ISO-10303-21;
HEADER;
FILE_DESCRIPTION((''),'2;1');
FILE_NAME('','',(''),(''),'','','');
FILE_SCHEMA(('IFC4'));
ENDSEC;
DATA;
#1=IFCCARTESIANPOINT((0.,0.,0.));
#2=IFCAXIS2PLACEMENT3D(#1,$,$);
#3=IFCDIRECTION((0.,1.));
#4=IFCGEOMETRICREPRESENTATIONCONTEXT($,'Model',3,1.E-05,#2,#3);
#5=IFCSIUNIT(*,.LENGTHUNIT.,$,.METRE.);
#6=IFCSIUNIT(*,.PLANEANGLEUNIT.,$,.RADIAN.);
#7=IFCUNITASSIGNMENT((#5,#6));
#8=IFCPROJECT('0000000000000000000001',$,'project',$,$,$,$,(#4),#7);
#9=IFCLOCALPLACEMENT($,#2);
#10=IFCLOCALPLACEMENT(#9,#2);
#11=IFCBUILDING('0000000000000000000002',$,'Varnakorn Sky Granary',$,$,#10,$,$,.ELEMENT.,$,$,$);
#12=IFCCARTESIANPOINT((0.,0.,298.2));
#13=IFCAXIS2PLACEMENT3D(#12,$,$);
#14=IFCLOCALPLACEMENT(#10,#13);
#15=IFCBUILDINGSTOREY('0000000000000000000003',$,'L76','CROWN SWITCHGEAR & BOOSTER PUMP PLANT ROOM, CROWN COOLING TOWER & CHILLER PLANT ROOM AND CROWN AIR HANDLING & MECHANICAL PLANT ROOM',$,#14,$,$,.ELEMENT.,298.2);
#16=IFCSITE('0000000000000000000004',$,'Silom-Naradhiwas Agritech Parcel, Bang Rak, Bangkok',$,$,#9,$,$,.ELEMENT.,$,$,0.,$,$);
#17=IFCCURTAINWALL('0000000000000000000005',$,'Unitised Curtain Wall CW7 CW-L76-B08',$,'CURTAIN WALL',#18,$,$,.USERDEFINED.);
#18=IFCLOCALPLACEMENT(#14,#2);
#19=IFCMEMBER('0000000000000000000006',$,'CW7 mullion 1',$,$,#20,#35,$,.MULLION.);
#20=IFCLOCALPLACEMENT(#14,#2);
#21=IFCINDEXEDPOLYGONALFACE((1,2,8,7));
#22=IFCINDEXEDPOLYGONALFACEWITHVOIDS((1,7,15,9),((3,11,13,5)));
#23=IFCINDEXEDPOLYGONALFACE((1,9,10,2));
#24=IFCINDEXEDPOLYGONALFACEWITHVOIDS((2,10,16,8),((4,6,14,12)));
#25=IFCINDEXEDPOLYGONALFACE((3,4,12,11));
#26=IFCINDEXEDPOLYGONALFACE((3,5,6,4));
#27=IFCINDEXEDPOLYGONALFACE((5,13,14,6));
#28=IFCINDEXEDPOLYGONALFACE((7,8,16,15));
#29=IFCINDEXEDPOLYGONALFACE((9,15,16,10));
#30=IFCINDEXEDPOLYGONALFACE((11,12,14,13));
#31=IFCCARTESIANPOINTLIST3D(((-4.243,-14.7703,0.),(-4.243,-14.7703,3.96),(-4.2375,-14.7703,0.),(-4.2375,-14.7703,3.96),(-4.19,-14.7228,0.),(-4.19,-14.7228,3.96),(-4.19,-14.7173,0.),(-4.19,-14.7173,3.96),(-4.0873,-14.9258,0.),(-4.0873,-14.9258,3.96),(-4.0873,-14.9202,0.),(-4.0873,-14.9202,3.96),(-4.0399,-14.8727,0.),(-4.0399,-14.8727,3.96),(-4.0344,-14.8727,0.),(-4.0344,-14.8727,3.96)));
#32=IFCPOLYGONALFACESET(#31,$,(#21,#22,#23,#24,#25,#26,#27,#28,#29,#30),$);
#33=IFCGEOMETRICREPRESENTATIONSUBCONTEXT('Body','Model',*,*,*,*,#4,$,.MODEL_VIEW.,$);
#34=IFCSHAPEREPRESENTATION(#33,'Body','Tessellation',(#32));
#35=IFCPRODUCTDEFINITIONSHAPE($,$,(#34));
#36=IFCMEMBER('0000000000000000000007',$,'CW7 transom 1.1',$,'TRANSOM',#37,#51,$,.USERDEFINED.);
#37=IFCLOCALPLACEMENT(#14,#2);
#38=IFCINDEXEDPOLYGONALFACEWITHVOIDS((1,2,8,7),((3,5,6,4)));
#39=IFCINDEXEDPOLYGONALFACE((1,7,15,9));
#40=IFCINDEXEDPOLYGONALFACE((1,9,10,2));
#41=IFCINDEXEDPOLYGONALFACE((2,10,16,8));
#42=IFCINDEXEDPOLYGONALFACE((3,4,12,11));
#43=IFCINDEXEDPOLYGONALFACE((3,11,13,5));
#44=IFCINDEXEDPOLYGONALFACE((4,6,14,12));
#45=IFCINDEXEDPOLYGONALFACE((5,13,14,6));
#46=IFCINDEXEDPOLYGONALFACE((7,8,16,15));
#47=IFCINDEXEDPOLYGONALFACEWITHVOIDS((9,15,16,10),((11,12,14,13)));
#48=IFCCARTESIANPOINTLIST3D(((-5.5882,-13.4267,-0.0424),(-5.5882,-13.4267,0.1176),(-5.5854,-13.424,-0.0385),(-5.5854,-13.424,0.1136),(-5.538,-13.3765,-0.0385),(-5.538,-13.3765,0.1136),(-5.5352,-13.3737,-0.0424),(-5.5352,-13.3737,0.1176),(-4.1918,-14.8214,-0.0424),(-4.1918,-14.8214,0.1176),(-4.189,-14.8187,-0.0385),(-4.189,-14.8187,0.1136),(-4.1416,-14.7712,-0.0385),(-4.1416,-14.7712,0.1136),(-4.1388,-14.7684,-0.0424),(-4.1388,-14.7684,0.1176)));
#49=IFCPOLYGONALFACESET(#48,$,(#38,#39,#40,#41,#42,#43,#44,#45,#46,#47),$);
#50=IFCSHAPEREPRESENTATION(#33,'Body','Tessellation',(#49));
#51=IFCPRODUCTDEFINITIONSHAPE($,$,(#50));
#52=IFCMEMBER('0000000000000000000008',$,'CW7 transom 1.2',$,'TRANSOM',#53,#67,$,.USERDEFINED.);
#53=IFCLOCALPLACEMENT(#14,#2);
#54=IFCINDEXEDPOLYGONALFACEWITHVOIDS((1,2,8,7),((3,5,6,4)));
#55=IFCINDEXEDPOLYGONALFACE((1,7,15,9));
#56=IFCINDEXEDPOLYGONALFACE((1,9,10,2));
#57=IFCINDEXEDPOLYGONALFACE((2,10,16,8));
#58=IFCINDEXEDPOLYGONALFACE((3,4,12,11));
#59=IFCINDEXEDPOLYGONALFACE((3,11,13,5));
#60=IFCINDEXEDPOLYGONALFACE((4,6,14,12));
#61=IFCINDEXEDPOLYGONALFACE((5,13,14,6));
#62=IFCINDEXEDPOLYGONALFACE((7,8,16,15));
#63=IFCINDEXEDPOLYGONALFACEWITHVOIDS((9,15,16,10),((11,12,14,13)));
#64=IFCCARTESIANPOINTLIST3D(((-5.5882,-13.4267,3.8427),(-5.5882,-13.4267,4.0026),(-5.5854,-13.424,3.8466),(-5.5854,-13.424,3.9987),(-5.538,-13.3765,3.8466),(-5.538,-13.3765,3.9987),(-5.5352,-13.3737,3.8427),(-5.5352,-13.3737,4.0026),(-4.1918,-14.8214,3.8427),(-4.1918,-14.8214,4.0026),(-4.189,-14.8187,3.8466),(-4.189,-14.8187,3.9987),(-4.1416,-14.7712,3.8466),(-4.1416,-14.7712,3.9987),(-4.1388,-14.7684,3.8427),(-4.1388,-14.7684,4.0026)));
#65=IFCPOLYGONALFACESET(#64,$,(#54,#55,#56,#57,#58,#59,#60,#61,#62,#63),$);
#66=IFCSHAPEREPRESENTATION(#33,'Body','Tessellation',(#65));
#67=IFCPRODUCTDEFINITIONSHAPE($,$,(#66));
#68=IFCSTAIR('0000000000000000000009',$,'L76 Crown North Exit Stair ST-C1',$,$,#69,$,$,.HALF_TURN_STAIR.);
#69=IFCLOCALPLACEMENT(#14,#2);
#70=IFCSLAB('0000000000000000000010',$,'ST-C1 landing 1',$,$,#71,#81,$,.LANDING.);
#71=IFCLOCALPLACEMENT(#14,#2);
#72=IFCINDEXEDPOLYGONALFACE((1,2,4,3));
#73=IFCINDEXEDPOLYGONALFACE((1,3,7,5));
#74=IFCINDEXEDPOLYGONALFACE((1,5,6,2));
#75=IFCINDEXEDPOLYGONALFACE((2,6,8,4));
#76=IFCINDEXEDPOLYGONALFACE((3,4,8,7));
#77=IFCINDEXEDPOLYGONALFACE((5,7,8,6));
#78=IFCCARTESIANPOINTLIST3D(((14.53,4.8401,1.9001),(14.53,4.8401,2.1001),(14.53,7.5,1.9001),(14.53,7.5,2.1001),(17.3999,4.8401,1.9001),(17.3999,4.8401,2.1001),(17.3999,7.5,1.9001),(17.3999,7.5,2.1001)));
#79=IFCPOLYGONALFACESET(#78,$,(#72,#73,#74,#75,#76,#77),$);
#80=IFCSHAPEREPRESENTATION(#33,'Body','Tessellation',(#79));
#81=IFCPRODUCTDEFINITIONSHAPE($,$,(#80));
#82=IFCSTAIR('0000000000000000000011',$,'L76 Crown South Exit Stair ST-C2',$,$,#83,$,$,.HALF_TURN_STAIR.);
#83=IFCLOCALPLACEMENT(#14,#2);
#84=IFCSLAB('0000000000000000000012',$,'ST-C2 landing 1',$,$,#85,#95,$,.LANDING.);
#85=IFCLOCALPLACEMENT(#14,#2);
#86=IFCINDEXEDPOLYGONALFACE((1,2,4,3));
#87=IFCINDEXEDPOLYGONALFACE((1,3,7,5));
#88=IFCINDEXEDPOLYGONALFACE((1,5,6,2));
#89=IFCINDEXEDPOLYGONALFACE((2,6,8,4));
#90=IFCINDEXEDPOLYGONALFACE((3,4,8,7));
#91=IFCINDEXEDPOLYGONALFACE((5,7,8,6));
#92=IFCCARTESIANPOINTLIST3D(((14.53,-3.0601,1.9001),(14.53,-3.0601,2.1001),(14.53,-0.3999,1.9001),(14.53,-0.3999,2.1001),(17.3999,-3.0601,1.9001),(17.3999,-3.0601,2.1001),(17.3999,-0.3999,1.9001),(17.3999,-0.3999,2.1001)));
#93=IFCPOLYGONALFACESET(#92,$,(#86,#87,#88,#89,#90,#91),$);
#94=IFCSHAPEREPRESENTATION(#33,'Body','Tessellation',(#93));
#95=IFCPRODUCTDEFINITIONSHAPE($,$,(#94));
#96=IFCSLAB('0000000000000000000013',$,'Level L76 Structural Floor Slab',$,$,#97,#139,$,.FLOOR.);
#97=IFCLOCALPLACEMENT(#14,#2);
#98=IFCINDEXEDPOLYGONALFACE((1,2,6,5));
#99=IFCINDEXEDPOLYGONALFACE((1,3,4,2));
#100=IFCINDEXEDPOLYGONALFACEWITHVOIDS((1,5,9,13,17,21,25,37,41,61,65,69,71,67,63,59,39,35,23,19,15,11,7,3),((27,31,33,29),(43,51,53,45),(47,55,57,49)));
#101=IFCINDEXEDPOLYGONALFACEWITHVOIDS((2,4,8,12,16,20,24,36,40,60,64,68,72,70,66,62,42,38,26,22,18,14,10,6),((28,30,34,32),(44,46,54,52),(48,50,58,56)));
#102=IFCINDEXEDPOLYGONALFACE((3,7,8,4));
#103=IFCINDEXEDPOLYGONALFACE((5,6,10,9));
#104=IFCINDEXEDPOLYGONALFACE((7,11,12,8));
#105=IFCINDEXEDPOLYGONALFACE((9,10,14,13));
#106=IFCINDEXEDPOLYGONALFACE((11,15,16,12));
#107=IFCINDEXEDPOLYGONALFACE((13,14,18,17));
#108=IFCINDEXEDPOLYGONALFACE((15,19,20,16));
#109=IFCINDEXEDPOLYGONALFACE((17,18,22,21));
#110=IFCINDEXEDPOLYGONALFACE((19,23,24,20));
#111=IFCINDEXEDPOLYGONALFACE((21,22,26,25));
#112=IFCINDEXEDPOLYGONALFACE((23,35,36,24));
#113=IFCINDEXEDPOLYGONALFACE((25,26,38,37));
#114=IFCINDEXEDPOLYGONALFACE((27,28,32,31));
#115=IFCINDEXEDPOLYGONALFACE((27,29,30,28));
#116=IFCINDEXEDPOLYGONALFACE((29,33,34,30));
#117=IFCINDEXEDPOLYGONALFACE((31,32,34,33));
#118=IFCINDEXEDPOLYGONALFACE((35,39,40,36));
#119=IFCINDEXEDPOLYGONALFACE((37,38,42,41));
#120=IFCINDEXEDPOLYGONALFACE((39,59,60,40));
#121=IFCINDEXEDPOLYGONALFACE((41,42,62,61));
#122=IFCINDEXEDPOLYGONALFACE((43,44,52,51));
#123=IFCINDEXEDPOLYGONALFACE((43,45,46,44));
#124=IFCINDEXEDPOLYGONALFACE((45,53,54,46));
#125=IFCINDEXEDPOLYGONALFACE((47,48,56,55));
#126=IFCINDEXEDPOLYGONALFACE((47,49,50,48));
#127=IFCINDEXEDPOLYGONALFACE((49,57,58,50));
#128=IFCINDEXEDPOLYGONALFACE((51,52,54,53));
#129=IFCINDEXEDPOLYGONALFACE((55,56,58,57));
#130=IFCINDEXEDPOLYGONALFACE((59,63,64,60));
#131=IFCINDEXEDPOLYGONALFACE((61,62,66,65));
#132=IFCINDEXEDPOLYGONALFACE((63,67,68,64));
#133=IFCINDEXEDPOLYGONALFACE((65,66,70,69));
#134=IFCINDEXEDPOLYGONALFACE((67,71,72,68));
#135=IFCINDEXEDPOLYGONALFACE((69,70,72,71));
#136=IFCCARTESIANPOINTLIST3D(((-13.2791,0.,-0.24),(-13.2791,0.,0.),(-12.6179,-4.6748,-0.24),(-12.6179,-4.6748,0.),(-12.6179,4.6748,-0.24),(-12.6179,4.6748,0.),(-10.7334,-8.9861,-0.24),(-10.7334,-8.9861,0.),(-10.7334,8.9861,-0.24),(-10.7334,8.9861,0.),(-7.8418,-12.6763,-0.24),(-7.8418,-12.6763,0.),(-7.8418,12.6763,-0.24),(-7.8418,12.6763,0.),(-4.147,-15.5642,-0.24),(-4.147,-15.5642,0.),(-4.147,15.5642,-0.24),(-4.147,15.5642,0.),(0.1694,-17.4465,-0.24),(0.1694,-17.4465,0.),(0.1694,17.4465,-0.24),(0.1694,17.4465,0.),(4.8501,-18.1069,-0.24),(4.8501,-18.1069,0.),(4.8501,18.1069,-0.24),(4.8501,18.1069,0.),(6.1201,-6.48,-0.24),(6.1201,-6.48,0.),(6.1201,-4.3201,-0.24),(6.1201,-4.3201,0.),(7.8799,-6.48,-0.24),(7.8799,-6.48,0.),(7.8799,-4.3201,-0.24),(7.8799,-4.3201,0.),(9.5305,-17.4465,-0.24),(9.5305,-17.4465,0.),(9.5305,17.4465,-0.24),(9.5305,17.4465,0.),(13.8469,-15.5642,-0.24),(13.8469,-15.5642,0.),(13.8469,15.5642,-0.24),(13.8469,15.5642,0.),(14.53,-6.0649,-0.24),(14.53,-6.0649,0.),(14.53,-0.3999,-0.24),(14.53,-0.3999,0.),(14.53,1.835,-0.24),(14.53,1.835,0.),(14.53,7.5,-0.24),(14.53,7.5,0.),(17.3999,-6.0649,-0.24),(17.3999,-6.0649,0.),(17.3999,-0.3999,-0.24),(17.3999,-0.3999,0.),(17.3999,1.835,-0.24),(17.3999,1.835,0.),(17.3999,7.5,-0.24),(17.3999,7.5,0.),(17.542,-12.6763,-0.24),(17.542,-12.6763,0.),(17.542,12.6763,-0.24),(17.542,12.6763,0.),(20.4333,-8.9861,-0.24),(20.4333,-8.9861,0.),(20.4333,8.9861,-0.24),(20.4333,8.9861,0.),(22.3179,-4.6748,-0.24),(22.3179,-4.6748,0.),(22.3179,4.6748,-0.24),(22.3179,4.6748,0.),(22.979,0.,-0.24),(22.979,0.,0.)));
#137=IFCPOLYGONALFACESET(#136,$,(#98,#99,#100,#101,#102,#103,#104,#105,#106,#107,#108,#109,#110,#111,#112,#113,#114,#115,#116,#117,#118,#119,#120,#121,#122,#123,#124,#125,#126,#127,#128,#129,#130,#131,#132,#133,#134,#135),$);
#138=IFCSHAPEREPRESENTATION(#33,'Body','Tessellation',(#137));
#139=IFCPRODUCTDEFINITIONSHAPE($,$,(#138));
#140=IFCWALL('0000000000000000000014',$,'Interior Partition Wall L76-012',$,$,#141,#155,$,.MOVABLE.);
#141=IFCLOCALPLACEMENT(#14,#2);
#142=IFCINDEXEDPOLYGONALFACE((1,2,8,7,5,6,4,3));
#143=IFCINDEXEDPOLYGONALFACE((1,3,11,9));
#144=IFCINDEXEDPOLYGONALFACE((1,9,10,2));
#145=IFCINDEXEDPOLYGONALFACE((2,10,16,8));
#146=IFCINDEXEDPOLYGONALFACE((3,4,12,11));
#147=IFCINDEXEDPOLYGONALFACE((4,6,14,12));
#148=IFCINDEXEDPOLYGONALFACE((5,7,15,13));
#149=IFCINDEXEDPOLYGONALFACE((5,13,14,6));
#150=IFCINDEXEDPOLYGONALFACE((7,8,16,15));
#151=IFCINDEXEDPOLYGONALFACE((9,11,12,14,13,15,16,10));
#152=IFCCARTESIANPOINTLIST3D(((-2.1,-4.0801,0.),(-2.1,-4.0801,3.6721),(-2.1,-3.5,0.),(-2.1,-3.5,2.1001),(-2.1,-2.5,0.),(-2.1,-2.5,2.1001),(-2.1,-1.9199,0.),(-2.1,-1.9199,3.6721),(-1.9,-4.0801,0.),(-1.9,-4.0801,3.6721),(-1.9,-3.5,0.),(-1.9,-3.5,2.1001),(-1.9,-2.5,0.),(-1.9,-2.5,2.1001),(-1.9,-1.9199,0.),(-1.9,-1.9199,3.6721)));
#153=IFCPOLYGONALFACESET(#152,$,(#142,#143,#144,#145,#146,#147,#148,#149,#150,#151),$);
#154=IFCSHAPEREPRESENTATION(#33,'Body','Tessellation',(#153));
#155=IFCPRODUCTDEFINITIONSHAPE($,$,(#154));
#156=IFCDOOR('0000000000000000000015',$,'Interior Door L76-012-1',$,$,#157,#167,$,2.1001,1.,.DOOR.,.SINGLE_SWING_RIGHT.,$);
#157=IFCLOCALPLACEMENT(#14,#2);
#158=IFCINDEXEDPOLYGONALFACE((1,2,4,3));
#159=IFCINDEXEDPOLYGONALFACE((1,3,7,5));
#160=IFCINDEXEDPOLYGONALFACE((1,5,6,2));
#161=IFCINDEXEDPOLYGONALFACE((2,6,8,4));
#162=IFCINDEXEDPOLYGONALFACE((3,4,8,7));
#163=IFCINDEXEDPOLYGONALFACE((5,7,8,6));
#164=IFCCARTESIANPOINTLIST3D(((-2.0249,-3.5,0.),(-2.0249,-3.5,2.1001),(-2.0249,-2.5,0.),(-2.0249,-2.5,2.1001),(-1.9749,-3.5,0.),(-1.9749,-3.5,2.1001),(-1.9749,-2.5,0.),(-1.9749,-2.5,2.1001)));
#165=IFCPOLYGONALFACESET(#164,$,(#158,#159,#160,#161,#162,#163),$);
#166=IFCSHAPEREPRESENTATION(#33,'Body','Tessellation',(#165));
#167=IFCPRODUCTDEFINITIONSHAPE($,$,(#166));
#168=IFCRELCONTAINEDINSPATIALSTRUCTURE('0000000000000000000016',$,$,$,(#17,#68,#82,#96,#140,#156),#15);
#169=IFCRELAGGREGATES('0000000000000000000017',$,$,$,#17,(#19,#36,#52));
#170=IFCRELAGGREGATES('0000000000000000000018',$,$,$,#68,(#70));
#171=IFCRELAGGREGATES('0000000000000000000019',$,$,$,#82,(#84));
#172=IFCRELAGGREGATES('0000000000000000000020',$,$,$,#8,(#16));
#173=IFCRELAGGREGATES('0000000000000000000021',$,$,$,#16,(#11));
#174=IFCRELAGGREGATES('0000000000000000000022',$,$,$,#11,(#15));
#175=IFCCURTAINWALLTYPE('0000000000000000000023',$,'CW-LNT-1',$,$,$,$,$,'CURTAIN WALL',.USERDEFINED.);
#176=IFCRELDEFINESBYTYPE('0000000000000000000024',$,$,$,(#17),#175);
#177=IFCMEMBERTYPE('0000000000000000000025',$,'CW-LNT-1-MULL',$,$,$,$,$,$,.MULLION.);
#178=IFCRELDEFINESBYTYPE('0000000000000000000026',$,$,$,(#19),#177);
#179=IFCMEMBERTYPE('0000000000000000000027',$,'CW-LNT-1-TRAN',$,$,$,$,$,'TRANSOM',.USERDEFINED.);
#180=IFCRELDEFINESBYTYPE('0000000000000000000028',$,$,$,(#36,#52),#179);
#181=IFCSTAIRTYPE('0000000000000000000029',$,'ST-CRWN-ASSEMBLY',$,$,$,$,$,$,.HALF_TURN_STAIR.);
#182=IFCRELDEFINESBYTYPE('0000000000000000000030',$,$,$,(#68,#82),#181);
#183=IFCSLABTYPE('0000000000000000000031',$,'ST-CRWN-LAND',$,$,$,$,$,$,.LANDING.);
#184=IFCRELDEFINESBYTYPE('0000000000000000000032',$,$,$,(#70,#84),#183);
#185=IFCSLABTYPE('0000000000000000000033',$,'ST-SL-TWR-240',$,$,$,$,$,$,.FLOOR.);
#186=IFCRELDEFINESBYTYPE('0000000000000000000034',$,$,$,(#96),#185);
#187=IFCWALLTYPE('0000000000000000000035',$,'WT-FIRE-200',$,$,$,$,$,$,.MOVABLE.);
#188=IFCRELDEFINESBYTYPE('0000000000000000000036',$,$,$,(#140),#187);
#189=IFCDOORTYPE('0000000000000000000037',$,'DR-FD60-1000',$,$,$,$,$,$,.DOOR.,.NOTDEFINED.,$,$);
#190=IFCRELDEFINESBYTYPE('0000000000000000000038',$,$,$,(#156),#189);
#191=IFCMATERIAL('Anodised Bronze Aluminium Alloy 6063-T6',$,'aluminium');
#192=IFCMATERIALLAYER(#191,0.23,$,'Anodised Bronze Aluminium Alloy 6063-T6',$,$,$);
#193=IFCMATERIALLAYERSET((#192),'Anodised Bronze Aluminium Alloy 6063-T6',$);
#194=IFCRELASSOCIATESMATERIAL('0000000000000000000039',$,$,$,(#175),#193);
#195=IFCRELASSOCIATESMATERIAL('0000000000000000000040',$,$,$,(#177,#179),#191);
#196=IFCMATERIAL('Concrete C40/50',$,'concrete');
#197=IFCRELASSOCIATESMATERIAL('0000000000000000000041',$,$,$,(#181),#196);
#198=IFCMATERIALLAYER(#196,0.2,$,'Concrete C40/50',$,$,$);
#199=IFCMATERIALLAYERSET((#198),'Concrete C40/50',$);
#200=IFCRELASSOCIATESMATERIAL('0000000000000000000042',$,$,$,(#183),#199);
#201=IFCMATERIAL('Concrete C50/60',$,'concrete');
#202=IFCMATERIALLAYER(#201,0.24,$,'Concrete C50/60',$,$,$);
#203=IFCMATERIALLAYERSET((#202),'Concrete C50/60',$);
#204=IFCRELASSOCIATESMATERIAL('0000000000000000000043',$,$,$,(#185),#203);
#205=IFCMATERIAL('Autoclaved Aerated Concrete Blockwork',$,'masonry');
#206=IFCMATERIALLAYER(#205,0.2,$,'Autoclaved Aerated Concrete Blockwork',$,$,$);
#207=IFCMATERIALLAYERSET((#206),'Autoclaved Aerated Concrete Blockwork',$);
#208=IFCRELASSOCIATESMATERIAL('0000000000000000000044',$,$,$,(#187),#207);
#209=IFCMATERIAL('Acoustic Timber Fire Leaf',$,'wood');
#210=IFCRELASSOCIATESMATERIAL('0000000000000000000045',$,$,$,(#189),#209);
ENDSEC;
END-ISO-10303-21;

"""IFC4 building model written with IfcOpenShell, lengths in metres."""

from ifc_helpers import new_model, si_unit, direction, frame, frame_2d, origin, origin_2d, place, context, subcontext, project, spatial, polyline, rectangle, hollow_rectangle, outline, extrude, material, layer, layer_set, material_profile, profile_set, type_object, element, fill, aggregate, save


model = new_model("IFC4")

# Units and contexts
model_context = context("Model", 3, precision=1e-05, world=origin(), true_north=direction((0.0, 1.0)))
body_context = subcontext(model_context, "Body", "Model", "MODEL_VIEW")
ifc_project = project(units=[si_unit("LENGTHUNIT", "METRE"), si_unit("PLANEANGLEUNIT", "RADIAN")], contexts=[model_context])

# Site, building, storey
site_placement = place(None, origin())
site = spatial("IfcSite", under=ifc_project, at=site_placement, Name="Silom-Naradhiwas Agritech Parcel, Bang Rak, Bangkok", CompositionType="ELEMENT", RefElevation=0.0)
building_placement = place(site_placement, origin())
building = spatial("IfcBuilding", under=site, at=building_placement, Name="Varnakorn Sky Granary", CompositionType="ELEMENT")
storey_placement = place(building_placement, frame((0.0, 0.0, 298.2)))
storey = spatial("IfcBuildingStorey", under=building, at=storey_placement, Name="L76", Description="CROWN SWITCHGEAR & BOOSTER PUMP PLANT ROOM, CROWN COOLING TOWER & CHILLER PLANT ROOM AND CROWN AIR HANDLING & MECHANICAL PLANT ROOM", CompositionType="ELEMENT", Elevation=298.2)

# Shared definitions
ifc_material_1 = material(Name="Concrete C50/60", Category="concrete")

# Curtain wall, members
ifc_material_2 = material(Name="Anodised Bronze Aluminium Alloy 6063-T6", Category="aluminium")
ifc_layer_1 = layer(ifc_material_2, 0.23, Name="Anodised Bronze Aluminium Alloy 6063-T6")
ifc_layer_set_1 = layer_set([ifc_layer_1], Name="Anodised Bronze Aluminium Alloy 6063-T6")
curtain_wall_type = type_object("IfcCurtainWallType", Name="CW-LNT-1", ElementType="CURTAIN WALL", PredefinedType="USERDEFINED", material=ifc_layer_set_1)
curtain_wall_placement = place(storey_placement, origin())
curtain_wall = element("IfcCurtainWall", 1, at=curtain_wall_placement, inside=storey, type_object=curtain_wall_type, Name="Unitised Curtain Wall CW7 CW-L76-B08", ObjectType="CURTAIN WALL", PredefinedType="USERDEFINED")
ifc_material_profile_1 = material_profile(ifc_material_2, hollow_rectangle(XDim=0.075, YDim=0.22, WallThickness=0.0039, at=origin_2d()), Name="ALU MULL 75x220")
ifc_profile_set_1 = profile_set([ifc_material_profile_1], Name="Anodised Bronze Aluminium Alloy 6063-T6")
member_type_1 = type_object("IfcMemberType", Name="CW-LNT-1-MULL", PredefinedType="MULLION", material=ifc_profile_set_1)
member_1_placement = place(storey_placement, frame((-4.1387, -14.8215, 0.0), z_axis=(0.0, 0.0, 1.0), x_axis=(-0.706663, -0.70755, 0.0)))
member_1 = element("IfcMember", 2, at=member_1_placement, type_object=member_type_1, Name="CW7 mullion 1", PredefinedType="MULLION", context=body_context, shape_type="SweptSolid", body=[
    extrude(hollow_rectangle(XDim=0.075, YDim=0.22, WallThickness=0.0039, at=origin_2d()), origin(), (0.0, 0.0, 1.0), 3.96),
])
ifc_material_profile_2 = material_profile(ifc_material_2, hollow_rectangle(XDim=0.075, YDim=0.1599, WallThickness=0.0039, at=origin_2d()), Name="ALU TRAN 75x160")
ifc_profile_set_2 = profile_set([ifc_material_profile_2], Name="Anodised Bronze Aluminium Alloy 6063-T6")
member_type_2 = type_object("IfcMemberType", Name="CW-LNT-1-TRAN", ElementType="TRANSOM", PredefinedType="USERDEFINED", material=ifc_profile_set_2)
member_2_placement = place(storey_placement, frame((-4.1653, -14.7949, 0.0376), z_axis=(-0.70754, 0.706674, 0.0), x_axis=(-0.706674, -0.70754, 0.0)))
member_2 = element("IfcMember", 3, at=member_2_placement, type_object=member_type_2, Name="CW7 transom 1.1", ObjectType="TRANSOM", PredefinedType="USERDEFINED", context=body_context, shape_type="SweptSolid", body=[
    extrude(hollow_rectangle(XDim=0.075, YDim=0.1599, WallThickness=0.0039, at=origin_2d()), origin(), (0.0, 0.0, 1.0), 1.9736),
])
member_3_placement = place(storey_placement, frame((-4.1653, -14.7949, 3.9226), z_axis=(-0.70754, 0.706674, 0.0), x_axis=(-0.706674, -0.70754, 0.0)))
member_3 = element("IfcMember", 4, at=member_3_placement, type_object=member_type_2, Name="CW7 transom 1.2", ObjectType="TRANSOM", PredefinedType="USERDEFINED", context=body_context, shape_type="SweptSolid", body=[
    extrude(hollow_rectangle(XDim=0.075, YDim=0.1599, WallThickness=0.0039, at=origin_2d()), origin(), (0.0, 0.0, 1.0), 1.9736),
])
aggregate(curtain_wall, [member_1, member_2, member_3])

# Stairs, slabs
ifc_material_3 = material(Name="Concrete C40/50", Category="concrete")
stair_type = type_object("IfcStairType", Name="ST-CRWN-ASSEMBLY", PredefinedType="HALF_TURN_STAIR", material=ifc_material_3)
stair_1_placement = place(storey_placement, origin())
stair_1 = element("IfcStair", 5, at=stair_1_placement, inside=storey, type_object=stair_type, Name="L76 Crown North Exit Stair ST-C1", PredefinedType="HALF_TURN_STAIR")
ifc_layer_2 = layer(ifc_material_3, 0.2, Name="Concrete C40/50")
ifc_layer_set_2 = layer_set([ifc_layer_2], Name="Concrete C40/50")
slab_type_1 = type_object("IfcSlabType", Name="ST-CRWN-LAND", PredefinedType="LANDING", material=ifc_layer_set_2)
slab_1_placement = place(storey_placement, frame((0.0, 0.0, 1.9001)))
slab_1 = element("IfcSlab", 6, at=slab_1_placement, type_object=slab_type_1, Name="ST-C1 landing 1", PredefinedType="LANDING", context=body_context, shape_type="SweptSolid", body=[
    extrude(outline(polyline([(17.3999, 4.8401), (17.3999, 7.5), (14.53, 7.5), (14.53, 4.8401), (17.3999, 4.8401)])), origin(), (0.0, 0.0, 1.0), 0.2),
])
aggregate(stair_1, [slab_1])
stair_2_placement = place(storey_placement, origin())
stair_2 = element("IfcStair", 7, at=stair_2_placement, inside=storey, type_object=stair_type, Name="L76 Crown South Exit Stair ST-C2", PredefinedType="HALF_TURN_STAIR")
slab_2_placement = place(storey_placement, frame((0.0, 0.0, 1.9001)))
slab_2 = element("IfcSlab", 8, at=slab_2_placement, type_object=slab_type_1, Name="ST-C2 landing 1", PredefinedType="LANDING", context=body_context, shape_type="SweptSolid", body=[
    extrude(outline(polyline([(17.3999, -3.0601), (17.3999, -0.3999), (14.53, -0.3999), (14.53, -3.0601), (17.3999, -3.0601)])), origin(), (0.0, 0.0, 1.0), 0.2),
])
aggregate(stair_2, [slab_2])

# Slab
ifc_layer_3 = layer(ifc_material_1, 0.24, Name="Concrete C50/60")
ifc_layer_set_3 = layer_set([ifc_layer_3], Name="Concrete C50/60")
slab_type_2 = type_object("IfcSlabType", Name="ST-SL-TWR-240", PredefinedType="FLOOR", material=ifc_layer_set_3)
slab_3_placement = place(storey_placement, frame((0.0, 0.0, -0.24)))
element("IfcSlab", 9, at=slab_3_placement, inside=storey, type_object=slab_type_2, Name="Level L76 Structural Floor Slab", PredefinedType="FLOOR", context=body_context, shape_type="SweptSolid", body=[
    extrude(outline(polyline([(22.979, 0.0), (22.3179, 4.6748), (20.4333, 8.9861), (17.542, 12.6763), (13.8469, 15.5642), (9.5305, 17.4465), (4.8501, 18.1069), (0.1694, 17.4465), (-4.147, 15.5642), (-7.8418, 12.6763), (-10.7334, 8.9861), (-12.6179, 4.6748), (-13.2791, 0.0), (-12.6179, -4.6748), (-10.7334, -8.9861), (-7.8418, -12.6763), (-4.147, -15.5642), (0.1694, -17.4465), (4.8501, -18.1069), (9.5305, -17.4465), (13.8469, -15.5642), (17.542, -12.6763), (20.4333, -8.9861), (22.3179, -4.6748), (22.979, 0.0)]), holes=[polyline([(17.3999, 1.835), (17.3999, 7.5), (14.53, 7.5), (14.53, 1.835), (17.3999, 1.835)]), polyline([(17.3999, -6.0649), (17.3999, -0.3999), (14.53, -0.3999), (14.53, -6.0649), (17.3999, -6.0649)]), polyline([(6.1201, -6.48), (7.8799, -6.48), (7.8799, -4.3201), (6.1201, -4.3201), (6.1201, -6.48)])]), origin(), (0.0, 0.0, 1.0), 0.24),
])

# Wall, opening, door
ifc_material_4 = material(Name="Autoclaved Aerated Concrete Blockwork", Category="masonry")
ifc_layer_4 = layer(ifc_material_4, 0.2, Name="Autoclaved Aerated Concrete Blockwork")
ifc_layer_set_4 = layer_set([ifc_layer_4], Name="Autoclaved Aerated Concrete Blockwork")
wall_type_1 = type_object("IfcWallType", Name="WT-FIRE-200", PredefinedType="MOVABLE", material=ifc_layer_set_4)
wall_1_placement = place(storey_placement, frame((-2.0, -4.0801, 0.0), z_axis=(0.0, 0.0, 1.0), x_axis=(0.0, 1.0, 0.0)))
wall_1 = element("IfcWall", 10, at=wall_1_placement, inside=storey, type_object=wall_type_1, Name="Interior Partition Wall L76-012", PredefinedType="MOVABLE", context=body_context, shape_type="SweptSolid", body=[
    extrude(rectangle(XDim=2.1602, YDim=0.2, at=frame_2d((1.0801, 0.0))), origin(), (0.0, 0.0, 1.0), 3.6721),
])
opening_1_placement = place(wall_1_placement, frame((0.5801, 0.0, 0.0)))
opening_1 = element("IfcOpeningElement", 11, at=opening_1_placement, cuts=wall_1, PredefinedType="OPENING", context=body_context, shape_type="SweptSolid", body=[
    extrude(rectangle(XDim=1.0, YDim=2.1001, at=frame_2d((0.5, 1.05))), frame((0.0, 0.1099, 0.0), z_axis=(0.0, -1.0, 0.0), x_axis=(1.0, 0.0, 0.0)), (0.0, 0.0, 1.0), 0.22),
])
ifc_material_5 = material(Name="Acoustic Timber Fire Leaf", Category="wood")
door_type_1 = type_object("IfcDoorType", Name="DR-FD60-1000", OperationType="NOTDEFINED", PredefinedType="DOOR", material=ifc_material_5)
door_1_placement = place(opening_1_placement, origin())
door_1 = element("IfcDoor", 12, at=door_1_placement, inside=storey, type_object=door_type_1, Name="Interior Door L76-012-1", OperationType="SINGLE_SWING_RIGHT", OverallHeight=2.1001, OverallWidth=1.0, PredefinedType="DOOR", context=body_context, shape_type="SweptSolid", body=[
    extrude(rectangle(XDim=1.0, YDim=2.1001, at=frame_2d((0.5, 1.05))), frame((0.0, 0.0249, 0.0), z_axis=(0.0, -1.0, 0.0), x_axis=(1.0, 0.0, 0.0)), (0.0, 0.0, 1.0), 0.05),
])
fill(opening_1, door_1)

save(model, "model.ifc")
